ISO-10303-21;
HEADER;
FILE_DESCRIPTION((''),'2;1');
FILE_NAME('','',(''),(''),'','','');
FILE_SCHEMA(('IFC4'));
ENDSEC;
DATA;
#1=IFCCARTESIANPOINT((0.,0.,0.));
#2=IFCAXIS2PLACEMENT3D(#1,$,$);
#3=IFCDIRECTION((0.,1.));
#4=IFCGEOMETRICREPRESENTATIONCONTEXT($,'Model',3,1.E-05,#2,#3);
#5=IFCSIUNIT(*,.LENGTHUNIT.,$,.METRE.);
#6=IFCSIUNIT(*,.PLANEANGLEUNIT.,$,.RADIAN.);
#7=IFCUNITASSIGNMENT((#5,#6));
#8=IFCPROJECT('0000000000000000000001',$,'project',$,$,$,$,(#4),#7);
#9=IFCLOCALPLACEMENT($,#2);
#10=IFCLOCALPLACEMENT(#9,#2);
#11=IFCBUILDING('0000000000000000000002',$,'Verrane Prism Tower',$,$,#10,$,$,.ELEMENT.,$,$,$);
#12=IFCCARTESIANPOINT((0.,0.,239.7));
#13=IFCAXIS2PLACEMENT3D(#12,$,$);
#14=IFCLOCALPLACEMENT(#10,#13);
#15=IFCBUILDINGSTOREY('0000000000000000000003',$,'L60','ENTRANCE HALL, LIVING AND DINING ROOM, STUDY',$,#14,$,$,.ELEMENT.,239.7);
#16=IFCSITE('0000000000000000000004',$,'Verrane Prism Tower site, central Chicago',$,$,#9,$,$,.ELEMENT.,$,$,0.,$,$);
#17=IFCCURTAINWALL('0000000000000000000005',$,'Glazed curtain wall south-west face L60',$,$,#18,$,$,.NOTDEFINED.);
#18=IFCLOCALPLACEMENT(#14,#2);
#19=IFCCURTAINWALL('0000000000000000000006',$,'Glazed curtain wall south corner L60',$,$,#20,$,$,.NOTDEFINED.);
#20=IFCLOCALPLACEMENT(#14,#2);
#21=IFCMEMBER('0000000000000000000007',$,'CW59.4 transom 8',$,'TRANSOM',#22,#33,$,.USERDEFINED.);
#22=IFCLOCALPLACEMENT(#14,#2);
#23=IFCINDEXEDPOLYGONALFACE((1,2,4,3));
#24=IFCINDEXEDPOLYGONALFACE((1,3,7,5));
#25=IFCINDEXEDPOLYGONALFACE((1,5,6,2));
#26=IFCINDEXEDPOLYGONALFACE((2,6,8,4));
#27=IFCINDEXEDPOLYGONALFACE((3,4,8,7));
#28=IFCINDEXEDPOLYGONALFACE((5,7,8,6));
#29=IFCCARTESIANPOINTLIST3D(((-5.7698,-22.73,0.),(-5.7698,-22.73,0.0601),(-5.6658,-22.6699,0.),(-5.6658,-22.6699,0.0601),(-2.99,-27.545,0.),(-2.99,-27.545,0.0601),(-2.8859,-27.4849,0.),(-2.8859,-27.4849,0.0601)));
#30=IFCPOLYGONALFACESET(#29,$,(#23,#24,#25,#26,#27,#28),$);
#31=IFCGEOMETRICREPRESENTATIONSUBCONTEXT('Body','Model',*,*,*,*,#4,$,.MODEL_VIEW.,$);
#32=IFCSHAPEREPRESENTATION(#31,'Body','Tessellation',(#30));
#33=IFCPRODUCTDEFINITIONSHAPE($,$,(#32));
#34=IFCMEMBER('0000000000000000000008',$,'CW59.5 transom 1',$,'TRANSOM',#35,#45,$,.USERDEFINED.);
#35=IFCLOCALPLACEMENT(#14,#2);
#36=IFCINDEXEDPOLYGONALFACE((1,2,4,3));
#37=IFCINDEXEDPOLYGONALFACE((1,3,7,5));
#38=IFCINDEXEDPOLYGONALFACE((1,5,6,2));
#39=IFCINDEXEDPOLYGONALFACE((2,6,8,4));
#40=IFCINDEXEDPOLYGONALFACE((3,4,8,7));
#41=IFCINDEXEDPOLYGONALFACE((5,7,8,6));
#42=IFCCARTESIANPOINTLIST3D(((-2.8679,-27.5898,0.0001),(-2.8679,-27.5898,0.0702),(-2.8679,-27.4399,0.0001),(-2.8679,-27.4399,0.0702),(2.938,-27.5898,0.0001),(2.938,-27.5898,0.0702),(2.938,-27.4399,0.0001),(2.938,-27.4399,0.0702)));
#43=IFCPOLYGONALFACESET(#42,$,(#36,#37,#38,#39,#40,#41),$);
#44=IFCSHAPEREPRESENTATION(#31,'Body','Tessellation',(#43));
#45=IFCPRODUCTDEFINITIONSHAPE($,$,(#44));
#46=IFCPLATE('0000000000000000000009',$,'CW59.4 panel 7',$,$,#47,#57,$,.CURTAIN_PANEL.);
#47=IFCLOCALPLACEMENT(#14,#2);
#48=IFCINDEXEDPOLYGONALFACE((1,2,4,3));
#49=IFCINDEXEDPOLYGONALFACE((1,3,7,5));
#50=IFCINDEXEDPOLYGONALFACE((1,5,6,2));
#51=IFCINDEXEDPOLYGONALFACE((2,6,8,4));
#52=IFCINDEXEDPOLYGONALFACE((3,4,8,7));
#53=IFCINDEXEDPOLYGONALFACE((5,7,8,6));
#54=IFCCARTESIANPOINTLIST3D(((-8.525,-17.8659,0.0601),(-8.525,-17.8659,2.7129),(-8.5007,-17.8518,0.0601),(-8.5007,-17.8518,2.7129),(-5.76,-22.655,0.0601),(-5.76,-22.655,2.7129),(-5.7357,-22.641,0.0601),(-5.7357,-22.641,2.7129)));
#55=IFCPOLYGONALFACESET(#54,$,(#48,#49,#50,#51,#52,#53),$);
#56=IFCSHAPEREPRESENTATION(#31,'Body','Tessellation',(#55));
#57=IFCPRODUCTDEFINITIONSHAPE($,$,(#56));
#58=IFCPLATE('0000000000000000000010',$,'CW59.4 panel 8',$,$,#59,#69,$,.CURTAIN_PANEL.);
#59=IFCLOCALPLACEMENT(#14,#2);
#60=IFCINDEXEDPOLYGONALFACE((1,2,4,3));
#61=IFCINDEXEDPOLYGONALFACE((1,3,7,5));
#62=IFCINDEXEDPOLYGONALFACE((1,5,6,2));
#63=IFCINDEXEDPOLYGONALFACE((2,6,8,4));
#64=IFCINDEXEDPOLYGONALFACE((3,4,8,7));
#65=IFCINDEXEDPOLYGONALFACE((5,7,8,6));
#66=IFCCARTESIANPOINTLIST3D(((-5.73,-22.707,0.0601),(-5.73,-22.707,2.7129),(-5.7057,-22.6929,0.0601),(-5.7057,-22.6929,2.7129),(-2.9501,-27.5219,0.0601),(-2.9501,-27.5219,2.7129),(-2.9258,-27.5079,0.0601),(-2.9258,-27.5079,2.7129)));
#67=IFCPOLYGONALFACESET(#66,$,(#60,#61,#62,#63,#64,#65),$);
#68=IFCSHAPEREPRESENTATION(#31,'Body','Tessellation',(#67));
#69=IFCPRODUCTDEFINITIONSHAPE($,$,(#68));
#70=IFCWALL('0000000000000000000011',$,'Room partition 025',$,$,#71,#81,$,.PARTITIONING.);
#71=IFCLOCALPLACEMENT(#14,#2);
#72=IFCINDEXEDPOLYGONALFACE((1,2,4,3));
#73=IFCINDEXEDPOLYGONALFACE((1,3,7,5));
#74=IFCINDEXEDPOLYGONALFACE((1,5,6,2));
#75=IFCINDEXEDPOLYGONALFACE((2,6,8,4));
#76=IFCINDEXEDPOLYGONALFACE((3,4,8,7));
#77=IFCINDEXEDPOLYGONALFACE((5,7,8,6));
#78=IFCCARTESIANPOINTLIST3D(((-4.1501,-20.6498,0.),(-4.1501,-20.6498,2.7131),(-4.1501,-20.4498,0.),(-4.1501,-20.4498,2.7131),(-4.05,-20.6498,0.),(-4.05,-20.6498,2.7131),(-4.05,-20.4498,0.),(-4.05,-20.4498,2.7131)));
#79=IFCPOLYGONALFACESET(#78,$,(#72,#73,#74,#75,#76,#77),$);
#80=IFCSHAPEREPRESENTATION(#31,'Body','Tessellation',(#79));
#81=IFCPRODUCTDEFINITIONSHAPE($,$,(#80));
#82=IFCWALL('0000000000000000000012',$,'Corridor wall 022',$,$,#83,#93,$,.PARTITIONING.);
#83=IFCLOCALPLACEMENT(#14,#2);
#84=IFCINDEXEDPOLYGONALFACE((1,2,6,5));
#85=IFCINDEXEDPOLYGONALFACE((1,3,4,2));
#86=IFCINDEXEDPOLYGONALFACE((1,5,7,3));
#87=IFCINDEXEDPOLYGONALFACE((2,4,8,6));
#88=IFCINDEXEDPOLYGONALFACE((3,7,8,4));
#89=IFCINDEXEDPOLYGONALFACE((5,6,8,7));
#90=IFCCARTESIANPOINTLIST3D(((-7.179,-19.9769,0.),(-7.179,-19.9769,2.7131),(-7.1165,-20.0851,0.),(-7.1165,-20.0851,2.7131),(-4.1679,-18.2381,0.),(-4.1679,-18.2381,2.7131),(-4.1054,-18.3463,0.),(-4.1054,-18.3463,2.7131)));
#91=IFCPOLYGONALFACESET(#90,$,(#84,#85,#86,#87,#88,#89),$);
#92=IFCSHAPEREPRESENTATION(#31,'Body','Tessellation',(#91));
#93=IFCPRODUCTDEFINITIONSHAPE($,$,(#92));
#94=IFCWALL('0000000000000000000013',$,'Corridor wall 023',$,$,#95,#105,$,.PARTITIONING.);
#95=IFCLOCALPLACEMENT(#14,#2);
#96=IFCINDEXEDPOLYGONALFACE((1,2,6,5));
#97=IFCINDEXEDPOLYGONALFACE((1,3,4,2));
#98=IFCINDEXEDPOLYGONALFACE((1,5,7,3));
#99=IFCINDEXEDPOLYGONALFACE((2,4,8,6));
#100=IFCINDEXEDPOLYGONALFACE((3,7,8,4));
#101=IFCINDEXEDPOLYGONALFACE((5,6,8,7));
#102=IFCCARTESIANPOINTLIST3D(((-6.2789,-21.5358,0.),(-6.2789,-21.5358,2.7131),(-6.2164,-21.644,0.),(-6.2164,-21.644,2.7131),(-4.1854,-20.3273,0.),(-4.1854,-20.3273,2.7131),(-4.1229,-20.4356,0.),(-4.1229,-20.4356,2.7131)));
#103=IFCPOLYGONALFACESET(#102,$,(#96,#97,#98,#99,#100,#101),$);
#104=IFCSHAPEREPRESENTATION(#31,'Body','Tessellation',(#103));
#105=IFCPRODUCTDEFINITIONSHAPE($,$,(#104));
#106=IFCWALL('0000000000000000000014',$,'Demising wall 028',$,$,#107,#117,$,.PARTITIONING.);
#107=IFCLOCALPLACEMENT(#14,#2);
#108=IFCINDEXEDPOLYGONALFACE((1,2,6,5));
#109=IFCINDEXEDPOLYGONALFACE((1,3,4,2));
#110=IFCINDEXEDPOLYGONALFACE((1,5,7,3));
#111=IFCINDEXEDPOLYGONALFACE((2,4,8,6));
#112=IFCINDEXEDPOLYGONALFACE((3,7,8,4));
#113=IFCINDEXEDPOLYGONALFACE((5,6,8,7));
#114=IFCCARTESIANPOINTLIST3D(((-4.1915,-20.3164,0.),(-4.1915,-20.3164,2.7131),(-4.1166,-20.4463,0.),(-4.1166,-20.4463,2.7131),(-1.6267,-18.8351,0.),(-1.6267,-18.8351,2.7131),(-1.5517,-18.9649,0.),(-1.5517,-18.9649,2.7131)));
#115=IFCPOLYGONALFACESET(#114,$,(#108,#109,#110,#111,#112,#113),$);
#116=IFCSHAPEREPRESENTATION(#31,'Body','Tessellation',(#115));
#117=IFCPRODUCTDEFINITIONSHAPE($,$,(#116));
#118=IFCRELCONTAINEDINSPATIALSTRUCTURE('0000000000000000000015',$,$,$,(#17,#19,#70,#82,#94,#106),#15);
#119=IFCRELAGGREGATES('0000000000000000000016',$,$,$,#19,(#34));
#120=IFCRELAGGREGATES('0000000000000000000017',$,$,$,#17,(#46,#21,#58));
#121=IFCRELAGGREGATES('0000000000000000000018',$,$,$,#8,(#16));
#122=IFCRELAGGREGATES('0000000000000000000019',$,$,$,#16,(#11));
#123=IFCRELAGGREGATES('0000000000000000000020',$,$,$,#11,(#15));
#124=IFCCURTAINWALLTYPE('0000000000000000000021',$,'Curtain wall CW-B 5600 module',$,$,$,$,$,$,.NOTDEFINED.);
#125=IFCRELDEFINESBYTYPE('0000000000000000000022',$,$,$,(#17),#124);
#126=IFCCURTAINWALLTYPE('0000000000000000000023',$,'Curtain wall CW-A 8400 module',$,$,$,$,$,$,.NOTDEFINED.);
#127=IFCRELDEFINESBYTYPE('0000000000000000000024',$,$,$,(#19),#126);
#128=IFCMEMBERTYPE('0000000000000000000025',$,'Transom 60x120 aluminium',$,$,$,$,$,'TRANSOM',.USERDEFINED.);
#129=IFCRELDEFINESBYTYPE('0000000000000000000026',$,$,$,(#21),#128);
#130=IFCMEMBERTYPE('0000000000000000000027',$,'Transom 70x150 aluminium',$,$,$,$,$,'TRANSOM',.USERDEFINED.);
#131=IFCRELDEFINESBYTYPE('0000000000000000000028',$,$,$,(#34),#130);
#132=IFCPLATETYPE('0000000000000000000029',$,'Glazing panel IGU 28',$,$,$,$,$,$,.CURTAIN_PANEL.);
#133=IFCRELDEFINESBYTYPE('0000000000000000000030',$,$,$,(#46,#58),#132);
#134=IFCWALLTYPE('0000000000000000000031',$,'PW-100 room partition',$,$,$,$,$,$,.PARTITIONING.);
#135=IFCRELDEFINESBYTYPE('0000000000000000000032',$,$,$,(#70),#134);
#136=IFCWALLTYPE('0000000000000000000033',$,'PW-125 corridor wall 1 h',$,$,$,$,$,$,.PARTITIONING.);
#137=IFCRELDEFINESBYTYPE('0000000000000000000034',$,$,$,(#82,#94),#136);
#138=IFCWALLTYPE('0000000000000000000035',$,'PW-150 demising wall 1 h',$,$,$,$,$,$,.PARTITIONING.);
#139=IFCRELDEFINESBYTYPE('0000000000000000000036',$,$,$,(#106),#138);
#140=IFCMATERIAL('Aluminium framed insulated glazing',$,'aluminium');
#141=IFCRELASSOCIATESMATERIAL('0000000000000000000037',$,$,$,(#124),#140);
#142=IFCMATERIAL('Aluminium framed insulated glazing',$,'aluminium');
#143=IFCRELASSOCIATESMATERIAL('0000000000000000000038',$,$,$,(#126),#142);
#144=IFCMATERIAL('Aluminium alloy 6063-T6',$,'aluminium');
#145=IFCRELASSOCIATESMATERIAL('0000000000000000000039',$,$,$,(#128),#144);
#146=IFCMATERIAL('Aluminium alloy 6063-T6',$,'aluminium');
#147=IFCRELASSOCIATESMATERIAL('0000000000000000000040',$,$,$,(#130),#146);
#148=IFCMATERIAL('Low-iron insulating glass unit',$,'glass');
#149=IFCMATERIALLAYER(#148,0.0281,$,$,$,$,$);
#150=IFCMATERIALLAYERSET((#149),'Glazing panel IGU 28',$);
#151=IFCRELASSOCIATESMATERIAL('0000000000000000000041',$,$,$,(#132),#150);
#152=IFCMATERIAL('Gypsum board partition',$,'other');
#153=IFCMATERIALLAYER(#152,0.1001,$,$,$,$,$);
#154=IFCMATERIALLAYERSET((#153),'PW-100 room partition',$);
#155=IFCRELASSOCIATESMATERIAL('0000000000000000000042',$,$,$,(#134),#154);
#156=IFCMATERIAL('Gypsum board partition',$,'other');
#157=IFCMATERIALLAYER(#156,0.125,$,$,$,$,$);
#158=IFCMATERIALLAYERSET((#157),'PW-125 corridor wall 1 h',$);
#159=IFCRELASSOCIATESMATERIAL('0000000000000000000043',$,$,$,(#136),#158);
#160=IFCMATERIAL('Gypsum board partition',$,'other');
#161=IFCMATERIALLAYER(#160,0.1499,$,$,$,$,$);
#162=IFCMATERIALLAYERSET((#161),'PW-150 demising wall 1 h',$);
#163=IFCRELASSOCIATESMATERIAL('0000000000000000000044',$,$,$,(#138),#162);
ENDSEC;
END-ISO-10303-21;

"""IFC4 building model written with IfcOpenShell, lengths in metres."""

from ifc_helpers import new_model, si_unit, direction, frame, frame_2d, origin, origin_2d, place, context, subcontext, project, spatial, rectangle, extrude, material, layer, layer_set, material_profile, profile_set, type_object, element, aggregate, save


model = new_model("IFC4")

# Units and contexts
model_context = context("Model", 3, precision=1e-05, world=origin(), true_north=direction((0.0, 1.0)))
body_context = subcontext(model_context, "Body", "Model", "MODEL_VIEW")
ifc_project = project(units=[si_unit("LENGTHUNIT", "METRE"), si_unit("PLANEANGLEUNIT", "RADIAN")], contexts=[model_context])

# Site, building, storey
site_placement = place(None, origin())
site = spatial("IfcSite", under=ifc_project, at=site_placement, Name="Verrane Prism Tower site, central Chicago", CompositionType="ELEMENT", RefElevation=0.0)
building_placement = place(site_placement, origin())
building = spatial("IfcBuilding", under=site, at=building_placement, Name="Verrane Prism Tower", CompositionType="ELEMENT")
storey_placement = place(building_placement, frame((0.0, 0.0, 239.7)))
storey = spatial("IfcBuildingStorey", under=building, at=storey_placement, Name="L60", Description="ENTRANCE HALL, LIVING AND DINING ROOM, STUDY", CompositionType="ELEMENT", Elevation=239.7)

# Curtain walls
ifc_material_1 = material(Name="Aluminium framed insulated glazing", Category="aluminium")
curtain_wall_type_1 = type_object("IfcCurtainWallType", Name="Curtain wall CW-B 5600 module", PredefinedType="NOTDEFINED", material=ifc_material_1)
curtain_wall_1_placement = place(storey_placement, origin())
curtain_wall_1 = element("IfcCurtainWall", 1, at=curtain_wall_1_placement, inside=storey, type_object=curtain_wall_type_1, Name="Glazed curtain wall south-west face L60", PredefinedType="NOTDEFINED")
ifc_material_2 = material(Name="Aluminium framed insulated glazing", Category="aluminium")
curtain_wall_type_2 = type_object("IfcCurtainWallType", Name="Curtain wall CW-A 8400 module", PredefinedType="NOTDEFINED", material=ifc_material_2)
curtain_wall_2_placement = place(storey_placement, origin())
curtain_wall_2 = element("IfcCurtainWall", 2, at=curtain_wall_2_placement, inside=storey, type_object=curtain_wall_type_2, Name="Glazed curtain wall south corner L60", PredefinedType="NOTDEFINED")

# Members
ifc_material_3 = material(Name="Aluminium alloy 6063-T6", Category="aluminium")
ifc_material_profile_1 = material_profile(ifc_material_3, rectangle(XDim=0.1201, YDim=0.0601, at=origin_2d()), Name="Transom 60x120 aluminium")
ifc_profile_set_1 = profile_set([ifc_material_profile_1], Name="Aluminium alloy 6063-T6")
member_type_1 = type_object("IfcMemberType", Name="Transom 60x120 aluminium", ElementType="TRANSOM", PredefinedType="USERDEFINED", material=ifc_profile_set_1)
member_1_placement = place(storey_placement, frame((-5.7178, -22.7, 0.03), z_axis=(0.499983, -0.866035, 0.0), x_axis=(0.866035, 0.499983, 0.0)))
member_1 = element("IfcMember", 3, at=member_1_placement, type_object=member_type_1, Name="CW59.4 transom 8", ObjectType="TRANSOM", PredefinedType="USERDEFINED", context=body_context, shape_type="SweptSolid", body=[
    extrude(rectangle(XDim=0.1201, YDim=0.0601, at=origin_2d()), origin(), (0.0, 0.0, 1.0), 5.5598),
])
ifc_material_4 = material(Name="Aluminium alloy 6063-T6", Category="aluminium")
ifc_material_profile_2 = material_profile(ifc_material_4, rectangle(XDim=0.1499, YDim=0.0701, at=origin_2d()), Name="Transom 70x150 aluminium")
ifc_profile_set_2 = profile_set([ifc_material_profile_2], Name="Aluminium alloy 6063-T6")
member_type_2 = type_object("IfcMemberType", Name="Transom 70x150 aluminium", ElementType="TRANSOM", PredefinedType="USERDEFINED", material=ifc_profile_set_2)
member_2_placement = place(storey_placement, frame((-2.8679, -27.5149, 0.0352), z_axis=(1.0, 0.0, 0.0), x_axis=(0.0, 1.0, 0.0)))
member_2 = element("IfcMember", 4, at=member_2_placement, type_object=member_type_2, Name="CW59.5 transom 1", ObjectType="TRANSOM", PredefinedType="USERDEFINED", context=body_context, shape_type="SweptSolid", body=[
    extrude(rectangle(XDim=0.1499, YDim=0.0701, at=origin_2d()), origin(), (0.0, 0.0, 1.0), 5.8059),
])
aggregate(curtain_wall_2, [member_2])

# Plates
ifc_material_5 = material(Name="Low-iron insulating glass unit", Category="glass")
ifc_layer_1 = layer(ifc_material_5, 0.0281)
ifc_layer_set_1 = layer_set([ifc_layer_1], Name="Glazing panel IGU 28")
plate_type = type_object("IfcPlateType", Name="Glazing panel IGU 28", PredefinedType="CURTAIN_PANEL", material=ifc_layer_set_1)
plate_1_placement = place(storey_placement, frame((-7.1304, -20.2534, 0.0601), z_axis=(0.0, 0.0, 1.0), x_axis=(0.499999, -0.866026, 0.0)))
plate_1 = element("IfcPlate", 5, at=plate_1_placement, type_object=plate_type, Name="CW59.4 panel 7", PredefinedType="CURTAIN_PANEL", context=body_context, shape_type="SweptSolid", body=[
    extrude(rectangle(XDim=5.53, YDim=0.0281, at=origin_2d()), origin(), (0.0, 0.0, 1.0), 2.6528),
])
plate_2_placement = place(storey_placement, frame((-4.3279, -25.1074, 0.0601), z_axis=(0.0, 0.0, 1.0), x_axis=(0.499999, -0.866026, 0.0)))
plate_2 = element("IfcPlate", 6, at=plate_2_placement, type_object=plate_type, Name="CW59.4 panel 8", PredefinedType="CURTAIN_PANEL", context=body_context, shape_type="SweptSolid", body=[
    extrude(rectangle(XDim=5.5598, YDim=0.0281, at=origin_2d()), origin(), (0.0, 0.0, 1.0), 2.6528),
])
aggregate(curtain_wall_1, [plate_1, member_1, plate_2])

# Walls
ifc_material_6 = material(Name="Gypsum board partition", Category="other")
ifc_layer_2 = layer(ifc_material_6, 0.1001)
ifc_layer_set_2 = layer_set([ifc_layer_2], Name="PW-100 room partition")
wall_type_1 = type_object("IfcWallType", Name="PW-100 room partition", PredefinedType="PARTITIONING", material=ifc_layer_set_2)
wall_1_placement = place(storey_placement, frame((-4.1001, -20.6499, 0.0), z_axis=(0.0, 0.0, 1.0), x_axis=(0.0, 1.0, 0.0)))
element("IfcWall", 7, at=wall_1_placement, inside=storey, type_object=wall_type_1, Name="Room partition 025", PredefinedType="PARTITIONING", context=body_context, shape_type="SweptSolid", body=[
    extrude(rectangle(XDim=0.2, YDim=0.1001, at=frame_2d((0.1001, 0.0))), origin(), (0.0, 0.0, 1.0), 2.7131),
])
ifc_material_7 = material(Name="Gypsum board partition", Category="other")
ifc_layer_3 = layer(ifc_material_7, 0.125)
ifc_layer_set_3 = layer_set([ifc_layer_3], Name="PW-125 corridor wall 1 h")
wall_type_2 = type_object("IfcWallType", Name="PW-125 corridor wall 1 h", PredefinedType="PARTITIONING", material=ifc_layer_set_3)
wall_2_placement = place(storey_placement, frame((-7.1477, -20.031, 0.0), z_axis=(0.0, 0.0, 1.0), x_axis=(0.865979, 0.500081, 0.0)))
element("IfcWall", 8, at=wall_2_placement, inside=storey, type_object=wall_type_2, Name="Corridor wall 022", PredefinedType="PARTITIONING", context=body_context, shape_type="SweptSolid", body=[
    extrude(rectangle(XDim=3.4771, YDim=0.125, at=frame_2d((1.7385, 0.0))), origin(), (0.0, 0.0, 1.0), 2.7131),
])
wall_3_placement = place(storey_placement, frame((-6.2476, -21.5898, 0.0), z_axis=(0.0, 0.0, 1.0), x_axis=(0.866059, 0.499941, 0.0)))
element("IfcWall", 9, at=wall_3_placement, inside=storey, type_object=wall_type_2, Name="Corridor wall 023", PredefinedType="PARTITIONING", context=body_context, shape_type="SweptSolid", body=[
    extrude(rectangle(XDim=2.4172, YDim=0.125, at=frame_2d((1.2085, 0.0))), origin(), (0.0, 0.0, 1.0), 2.7131),
])
ifc_material_8 = material(Name="Gypsum board partition", Category="other")
ifc_layer_4 = layer(ifc_material_8, 0.1499)
ifc_layer_set_4 = layer_set([ifc_layer_4], Name="PW-150 demising wall 1 h")
wall_type_3 = type_object("IfcWallType", Name="PW-150 demising wall 1 h", PredefinedType="PARTITIONING", material=ifc_layer_set_4)
wall_4_placement = place(storey_placement, frame((-4.1541, -20.3813, 0.0), z_axis=(0.0, 0.0, 1.0), x_axis=(0.865941, 0.500146, 0.0)))
element("IfcWall", 10, at=wall_4_placement, inside=storey, type_object=wall_type_3, Name="Demising wall 028", PredefinedType="PARTITIONING", context=body_context, shape_type="SweptSolid", body=[
    extrude(rectangle(XDim=2.9619, YDim=0.1499, at=frame_2d((1.481, 0.0))), origin(), (0.0, 0.0, 1.0), 2.7131),
])

save(model, "model.ifc")
